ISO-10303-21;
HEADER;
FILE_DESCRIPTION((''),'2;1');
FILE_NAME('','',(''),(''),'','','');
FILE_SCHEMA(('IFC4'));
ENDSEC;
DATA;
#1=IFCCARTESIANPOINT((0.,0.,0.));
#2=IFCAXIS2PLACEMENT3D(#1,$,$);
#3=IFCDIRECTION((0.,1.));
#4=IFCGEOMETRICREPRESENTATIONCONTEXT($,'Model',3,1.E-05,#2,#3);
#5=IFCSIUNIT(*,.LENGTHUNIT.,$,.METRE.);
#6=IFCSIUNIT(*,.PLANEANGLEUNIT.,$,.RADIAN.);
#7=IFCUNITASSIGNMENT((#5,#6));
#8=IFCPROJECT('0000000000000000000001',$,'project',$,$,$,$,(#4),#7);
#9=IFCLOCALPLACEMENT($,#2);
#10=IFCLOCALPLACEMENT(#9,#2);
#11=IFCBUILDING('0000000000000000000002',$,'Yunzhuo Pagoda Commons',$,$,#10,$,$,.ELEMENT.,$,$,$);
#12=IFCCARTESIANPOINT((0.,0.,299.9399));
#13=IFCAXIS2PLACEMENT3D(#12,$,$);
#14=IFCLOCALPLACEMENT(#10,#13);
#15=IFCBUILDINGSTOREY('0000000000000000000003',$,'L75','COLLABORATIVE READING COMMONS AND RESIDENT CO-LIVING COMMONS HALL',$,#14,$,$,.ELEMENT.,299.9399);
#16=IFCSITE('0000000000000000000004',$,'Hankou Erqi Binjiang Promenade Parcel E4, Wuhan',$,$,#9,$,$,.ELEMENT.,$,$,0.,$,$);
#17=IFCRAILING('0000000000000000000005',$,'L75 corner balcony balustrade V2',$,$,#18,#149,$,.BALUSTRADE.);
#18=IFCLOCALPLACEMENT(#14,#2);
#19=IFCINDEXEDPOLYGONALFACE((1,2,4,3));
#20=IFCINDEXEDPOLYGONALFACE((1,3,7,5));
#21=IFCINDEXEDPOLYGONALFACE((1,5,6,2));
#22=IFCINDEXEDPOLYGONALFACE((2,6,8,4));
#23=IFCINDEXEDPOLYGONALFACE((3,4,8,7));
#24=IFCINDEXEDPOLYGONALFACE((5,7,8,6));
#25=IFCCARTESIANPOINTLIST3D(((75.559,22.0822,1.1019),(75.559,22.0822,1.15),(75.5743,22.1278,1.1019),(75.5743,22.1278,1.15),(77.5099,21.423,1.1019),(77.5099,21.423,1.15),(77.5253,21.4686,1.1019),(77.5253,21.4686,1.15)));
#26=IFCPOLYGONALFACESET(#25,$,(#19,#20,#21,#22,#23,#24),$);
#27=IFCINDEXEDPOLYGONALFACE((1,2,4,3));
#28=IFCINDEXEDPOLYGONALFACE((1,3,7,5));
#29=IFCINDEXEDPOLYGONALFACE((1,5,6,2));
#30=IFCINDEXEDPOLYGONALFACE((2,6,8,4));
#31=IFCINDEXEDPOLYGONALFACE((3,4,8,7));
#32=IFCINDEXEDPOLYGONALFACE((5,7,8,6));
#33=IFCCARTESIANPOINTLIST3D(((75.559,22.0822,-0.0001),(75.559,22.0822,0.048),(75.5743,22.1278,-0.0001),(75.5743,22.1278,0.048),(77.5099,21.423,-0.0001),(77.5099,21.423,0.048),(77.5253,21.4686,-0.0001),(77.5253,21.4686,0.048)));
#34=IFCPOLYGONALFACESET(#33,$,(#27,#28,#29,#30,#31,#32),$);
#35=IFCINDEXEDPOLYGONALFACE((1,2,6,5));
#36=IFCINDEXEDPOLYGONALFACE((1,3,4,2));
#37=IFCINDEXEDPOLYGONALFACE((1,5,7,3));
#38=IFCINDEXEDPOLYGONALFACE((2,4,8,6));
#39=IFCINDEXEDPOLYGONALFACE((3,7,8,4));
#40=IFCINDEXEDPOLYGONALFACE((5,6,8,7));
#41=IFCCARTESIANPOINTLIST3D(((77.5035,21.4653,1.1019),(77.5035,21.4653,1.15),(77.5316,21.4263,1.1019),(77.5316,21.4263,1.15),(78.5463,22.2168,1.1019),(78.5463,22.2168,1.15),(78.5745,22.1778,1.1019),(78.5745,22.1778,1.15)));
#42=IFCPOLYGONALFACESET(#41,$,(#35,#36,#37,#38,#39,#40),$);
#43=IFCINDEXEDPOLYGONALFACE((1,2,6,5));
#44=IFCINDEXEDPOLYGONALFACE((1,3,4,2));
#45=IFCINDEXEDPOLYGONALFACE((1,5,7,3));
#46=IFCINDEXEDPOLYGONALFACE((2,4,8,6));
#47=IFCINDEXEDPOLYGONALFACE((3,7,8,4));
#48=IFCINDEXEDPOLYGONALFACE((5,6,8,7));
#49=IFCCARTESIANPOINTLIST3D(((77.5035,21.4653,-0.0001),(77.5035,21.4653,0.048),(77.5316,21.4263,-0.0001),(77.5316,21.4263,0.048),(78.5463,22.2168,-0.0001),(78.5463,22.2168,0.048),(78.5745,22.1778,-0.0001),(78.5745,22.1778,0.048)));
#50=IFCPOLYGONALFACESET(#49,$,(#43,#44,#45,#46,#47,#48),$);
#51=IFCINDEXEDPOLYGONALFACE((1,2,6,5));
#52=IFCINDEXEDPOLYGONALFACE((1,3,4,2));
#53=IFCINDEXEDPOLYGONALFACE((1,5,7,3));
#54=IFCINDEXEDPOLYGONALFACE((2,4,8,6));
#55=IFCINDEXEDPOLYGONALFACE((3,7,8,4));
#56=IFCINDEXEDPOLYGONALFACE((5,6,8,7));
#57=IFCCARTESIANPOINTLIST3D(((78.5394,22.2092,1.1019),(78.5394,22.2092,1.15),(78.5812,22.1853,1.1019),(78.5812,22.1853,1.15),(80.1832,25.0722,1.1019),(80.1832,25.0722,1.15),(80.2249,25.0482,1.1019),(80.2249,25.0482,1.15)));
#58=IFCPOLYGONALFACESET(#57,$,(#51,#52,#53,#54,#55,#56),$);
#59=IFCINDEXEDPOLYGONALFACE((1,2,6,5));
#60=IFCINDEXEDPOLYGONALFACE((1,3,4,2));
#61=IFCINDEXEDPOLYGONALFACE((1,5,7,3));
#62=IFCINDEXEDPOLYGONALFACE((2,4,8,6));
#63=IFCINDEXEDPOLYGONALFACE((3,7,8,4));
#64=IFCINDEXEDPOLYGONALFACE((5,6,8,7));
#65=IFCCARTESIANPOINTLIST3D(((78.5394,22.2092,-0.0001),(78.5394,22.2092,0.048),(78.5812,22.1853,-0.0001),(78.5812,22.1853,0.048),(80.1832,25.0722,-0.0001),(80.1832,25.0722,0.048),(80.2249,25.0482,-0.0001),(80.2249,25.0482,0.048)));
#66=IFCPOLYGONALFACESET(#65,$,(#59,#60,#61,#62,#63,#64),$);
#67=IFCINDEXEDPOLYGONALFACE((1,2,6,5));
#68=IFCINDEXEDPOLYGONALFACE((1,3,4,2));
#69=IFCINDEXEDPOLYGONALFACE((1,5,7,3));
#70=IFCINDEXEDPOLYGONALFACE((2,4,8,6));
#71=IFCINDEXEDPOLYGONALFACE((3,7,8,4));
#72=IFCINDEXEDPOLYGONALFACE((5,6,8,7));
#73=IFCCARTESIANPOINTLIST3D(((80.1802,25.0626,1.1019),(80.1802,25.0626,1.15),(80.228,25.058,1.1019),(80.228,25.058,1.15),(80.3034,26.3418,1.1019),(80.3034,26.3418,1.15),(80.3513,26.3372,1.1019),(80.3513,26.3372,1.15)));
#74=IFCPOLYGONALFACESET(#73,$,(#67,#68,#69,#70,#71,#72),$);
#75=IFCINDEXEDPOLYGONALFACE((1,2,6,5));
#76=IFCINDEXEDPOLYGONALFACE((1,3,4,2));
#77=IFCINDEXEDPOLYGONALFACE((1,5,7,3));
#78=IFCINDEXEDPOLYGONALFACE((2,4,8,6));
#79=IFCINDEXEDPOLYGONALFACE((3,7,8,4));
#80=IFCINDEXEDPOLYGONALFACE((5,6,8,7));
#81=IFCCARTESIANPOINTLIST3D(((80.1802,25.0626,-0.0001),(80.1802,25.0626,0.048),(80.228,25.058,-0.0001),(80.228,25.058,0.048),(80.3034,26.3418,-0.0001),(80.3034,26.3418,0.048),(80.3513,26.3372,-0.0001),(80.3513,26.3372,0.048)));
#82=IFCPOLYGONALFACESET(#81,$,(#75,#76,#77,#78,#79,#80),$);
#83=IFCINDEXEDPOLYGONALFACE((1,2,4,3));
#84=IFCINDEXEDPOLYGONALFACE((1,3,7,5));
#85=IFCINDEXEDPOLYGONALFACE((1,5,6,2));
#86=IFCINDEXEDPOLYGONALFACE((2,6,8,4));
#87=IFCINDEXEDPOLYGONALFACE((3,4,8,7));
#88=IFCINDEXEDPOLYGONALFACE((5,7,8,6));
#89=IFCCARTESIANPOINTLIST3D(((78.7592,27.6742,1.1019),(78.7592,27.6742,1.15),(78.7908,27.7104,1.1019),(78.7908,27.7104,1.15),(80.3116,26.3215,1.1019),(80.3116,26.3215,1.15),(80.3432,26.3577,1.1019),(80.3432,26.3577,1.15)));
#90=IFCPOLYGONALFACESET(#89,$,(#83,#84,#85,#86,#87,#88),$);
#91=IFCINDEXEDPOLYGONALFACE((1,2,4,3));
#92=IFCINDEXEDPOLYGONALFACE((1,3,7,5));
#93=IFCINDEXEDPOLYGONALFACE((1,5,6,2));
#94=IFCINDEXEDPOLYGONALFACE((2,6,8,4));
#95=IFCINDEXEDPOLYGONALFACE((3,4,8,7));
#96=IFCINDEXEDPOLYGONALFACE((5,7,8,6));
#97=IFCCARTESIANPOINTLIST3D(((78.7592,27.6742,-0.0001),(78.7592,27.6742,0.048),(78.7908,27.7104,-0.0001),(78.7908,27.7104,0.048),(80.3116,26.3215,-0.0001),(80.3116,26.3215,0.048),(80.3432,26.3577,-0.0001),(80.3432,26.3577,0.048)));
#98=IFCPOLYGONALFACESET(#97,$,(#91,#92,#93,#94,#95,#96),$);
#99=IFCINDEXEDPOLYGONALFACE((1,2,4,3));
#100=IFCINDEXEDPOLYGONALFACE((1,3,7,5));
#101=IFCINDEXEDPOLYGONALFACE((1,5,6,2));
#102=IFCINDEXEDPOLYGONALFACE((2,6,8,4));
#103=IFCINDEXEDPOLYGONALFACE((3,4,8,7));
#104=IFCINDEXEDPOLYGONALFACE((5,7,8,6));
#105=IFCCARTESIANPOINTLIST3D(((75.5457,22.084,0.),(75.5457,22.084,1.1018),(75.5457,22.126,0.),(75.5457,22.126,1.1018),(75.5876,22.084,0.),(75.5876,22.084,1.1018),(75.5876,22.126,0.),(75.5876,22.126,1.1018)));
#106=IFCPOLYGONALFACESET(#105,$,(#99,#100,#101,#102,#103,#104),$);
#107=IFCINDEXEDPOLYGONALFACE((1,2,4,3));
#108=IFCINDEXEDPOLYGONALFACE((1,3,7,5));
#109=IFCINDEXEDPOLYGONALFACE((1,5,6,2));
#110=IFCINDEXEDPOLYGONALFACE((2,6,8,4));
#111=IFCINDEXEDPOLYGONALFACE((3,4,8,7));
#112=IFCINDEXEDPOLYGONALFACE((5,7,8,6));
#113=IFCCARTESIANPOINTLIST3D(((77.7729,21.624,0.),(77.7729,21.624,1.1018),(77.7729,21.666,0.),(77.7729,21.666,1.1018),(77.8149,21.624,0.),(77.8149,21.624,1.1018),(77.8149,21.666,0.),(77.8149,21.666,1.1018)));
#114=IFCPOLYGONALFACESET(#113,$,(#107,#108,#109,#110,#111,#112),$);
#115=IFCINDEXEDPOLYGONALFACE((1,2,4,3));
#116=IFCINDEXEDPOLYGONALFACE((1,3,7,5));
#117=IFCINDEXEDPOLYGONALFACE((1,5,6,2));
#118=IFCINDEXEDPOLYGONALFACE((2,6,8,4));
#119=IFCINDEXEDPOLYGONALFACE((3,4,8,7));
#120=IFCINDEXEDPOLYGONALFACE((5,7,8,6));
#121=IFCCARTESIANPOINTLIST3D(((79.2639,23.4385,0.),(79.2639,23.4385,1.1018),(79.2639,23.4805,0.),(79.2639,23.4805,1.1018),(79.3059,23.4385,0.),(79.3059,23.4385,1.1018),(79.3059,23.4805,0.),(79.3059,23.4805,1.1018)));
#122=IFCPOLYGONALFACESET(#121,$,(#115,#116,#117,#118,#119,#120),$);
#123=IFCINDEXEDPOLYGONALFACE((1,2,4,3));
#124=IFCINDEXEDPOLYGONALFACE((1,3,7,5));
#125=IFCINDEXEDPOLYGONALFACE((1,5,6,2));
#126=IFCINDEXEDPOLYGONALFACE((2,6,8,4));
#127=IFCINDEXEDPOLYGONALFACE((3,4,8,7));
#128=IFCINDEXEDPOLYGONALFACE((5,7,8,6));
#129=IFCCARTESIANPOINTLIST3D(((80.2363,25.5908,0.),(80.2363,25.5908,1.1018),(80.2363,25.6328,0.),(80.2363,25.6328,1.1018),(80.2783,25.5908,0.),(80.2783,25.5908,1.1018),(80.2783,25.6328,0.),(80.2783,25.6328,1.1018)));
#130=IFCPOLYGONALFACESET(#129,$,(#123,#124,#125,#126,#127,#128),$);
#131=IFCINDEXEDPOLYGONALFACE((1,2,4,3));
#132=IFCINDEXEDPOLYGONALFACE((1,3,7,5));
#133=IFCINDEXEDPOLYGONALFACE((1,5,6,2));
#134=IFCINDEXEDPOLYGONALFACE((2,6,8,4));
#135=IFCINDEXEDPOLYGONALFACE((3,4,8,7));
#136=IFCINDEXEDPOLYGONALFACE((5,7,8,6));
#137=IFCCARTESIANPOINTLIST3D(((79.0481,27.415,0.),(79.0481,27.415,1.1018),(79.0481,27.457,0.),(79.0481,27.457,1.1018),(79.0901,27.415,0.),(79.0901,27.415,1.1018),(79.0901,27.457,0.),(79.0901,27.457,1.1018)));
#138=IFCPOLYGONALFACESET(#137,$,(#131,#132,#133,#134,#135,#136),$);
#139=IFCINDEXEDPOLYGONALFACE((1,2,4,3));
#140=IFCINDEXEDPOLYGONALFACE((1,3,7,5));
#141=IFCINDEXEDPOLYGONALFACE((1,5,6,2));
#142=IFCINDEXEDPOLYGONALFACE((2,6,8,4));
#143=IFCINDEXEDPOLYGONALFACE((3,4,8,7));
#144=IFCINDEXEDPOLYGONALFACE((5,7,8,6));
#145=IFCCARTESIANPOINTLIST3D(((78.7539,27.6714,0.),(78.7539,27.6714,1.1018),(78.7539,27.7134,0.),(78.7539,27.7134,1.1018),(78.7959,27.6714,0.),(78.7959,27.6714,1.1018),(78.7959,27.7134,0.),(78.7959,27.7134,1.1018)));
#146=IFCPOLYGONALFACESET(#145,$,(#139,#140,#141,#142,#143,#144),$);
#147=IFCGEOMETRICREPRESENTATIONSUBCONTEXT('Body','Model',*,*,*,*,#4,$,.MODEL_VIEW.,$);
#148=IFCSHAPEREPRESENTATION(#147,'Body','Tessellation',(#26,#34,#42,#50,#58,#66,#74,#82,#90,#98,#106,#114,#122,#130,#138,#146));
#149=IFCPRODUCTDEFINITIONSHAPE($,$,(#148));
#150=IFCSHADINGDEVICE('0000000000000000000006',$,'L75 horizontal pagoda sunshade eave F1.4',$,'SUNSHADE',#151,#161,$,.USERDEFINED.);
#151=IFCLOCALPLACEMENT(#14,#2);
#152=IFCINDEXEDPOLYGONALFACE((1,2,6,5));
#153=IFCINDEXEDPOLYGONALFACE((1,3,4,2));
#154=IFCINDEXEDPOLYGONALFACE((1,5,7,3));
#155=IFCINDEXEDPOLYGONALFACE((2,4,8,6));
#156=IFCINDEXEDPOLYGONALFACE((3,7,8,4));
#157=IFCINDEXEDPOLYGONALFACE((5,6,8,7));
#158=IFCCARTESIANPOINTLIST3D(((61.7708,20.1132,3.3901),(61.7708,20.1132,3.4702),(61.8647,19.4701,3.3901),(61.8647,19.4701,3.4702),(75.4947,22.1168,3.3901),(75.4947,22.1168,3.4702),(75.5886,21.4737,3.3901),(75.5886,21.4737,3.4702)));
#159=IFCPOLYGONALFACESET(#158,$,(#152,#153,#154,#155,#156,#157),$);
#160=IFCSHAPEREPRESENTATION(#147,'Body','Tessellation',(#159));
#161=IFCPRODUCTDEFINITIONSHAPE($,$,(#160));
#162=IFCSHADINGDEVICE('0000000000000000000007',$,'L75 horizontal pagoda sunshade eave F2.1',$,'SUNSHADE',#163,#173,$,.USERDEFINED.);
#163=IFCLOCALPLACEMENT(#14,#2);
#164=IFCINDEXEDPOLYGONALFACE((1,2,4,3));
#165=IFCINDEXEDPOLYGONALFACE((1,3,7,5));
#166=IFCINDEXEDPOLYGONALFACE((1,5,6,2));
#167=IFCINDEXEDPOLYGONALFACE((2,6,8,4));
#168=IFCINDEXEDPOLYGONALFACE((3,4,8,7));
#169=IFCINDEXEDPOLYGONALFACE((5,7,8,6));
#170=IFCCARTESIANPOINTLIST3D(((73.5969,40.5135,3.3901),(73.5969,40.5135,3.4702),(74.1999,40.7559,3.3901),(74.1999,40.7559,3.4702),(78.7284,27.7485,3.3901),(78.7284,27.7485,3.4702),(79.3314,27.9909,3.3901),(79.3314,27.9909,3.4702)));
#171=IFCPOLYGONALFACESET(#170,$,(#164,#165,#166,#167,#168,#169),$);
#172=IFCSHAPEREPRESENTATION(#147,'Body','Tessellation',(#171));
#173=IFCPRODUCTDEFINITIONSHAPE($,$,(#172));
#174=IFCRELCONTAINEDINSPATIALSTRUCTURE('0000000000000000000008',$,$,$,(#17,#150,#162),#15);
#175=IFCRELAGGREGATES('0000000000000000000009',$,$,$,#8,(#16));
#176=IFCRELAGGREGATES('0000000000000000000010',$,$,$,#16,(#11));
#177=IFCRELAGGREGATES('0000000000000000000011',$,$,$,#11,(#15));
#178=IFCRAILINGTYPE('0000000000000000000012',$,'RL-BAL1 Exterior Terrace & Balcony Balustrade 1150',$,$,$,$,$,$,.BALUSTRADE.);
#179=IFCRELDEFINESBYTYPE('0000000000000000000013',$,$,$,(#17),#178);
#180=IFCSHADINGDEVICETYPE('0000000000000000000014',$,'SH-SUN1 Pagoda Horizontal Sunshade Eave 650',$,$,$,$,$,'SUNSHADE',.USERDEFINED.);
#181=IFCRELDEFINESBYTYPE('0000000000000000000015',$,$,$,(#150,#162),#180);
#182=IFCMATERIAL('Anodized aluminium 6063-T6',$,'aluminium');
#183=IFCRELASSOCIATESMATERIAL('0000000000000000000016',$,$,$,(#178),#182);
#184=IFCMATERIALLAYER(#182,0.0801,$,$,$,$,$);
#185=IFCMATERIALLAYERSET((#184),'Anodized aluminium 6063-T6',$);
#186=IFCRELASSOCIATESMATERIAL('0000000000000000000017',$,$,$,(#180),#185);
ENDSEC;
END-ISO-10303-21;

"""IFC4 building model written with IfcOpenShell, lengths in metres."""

from ifc_helpers import new_model, si_unit, direction, frame, origin, origin_2d, place, context, subcontext, project, spatial, rectangle, extrude, source, transform, mapped, material, layer, layer_set, type_object, element, save


model = new_model("IFC4")

# Units and contexts
model_context = context("Model", 3, precision=1e-05, world=origin(), true_north=direction((0.0, 1.0)))
body_context = subcontext(model_context, "Body", "Model", "MODEL_VIEW")
ifc_project = project(units=[si_unit("LENGTHUNIT", "METRE"), si_unit("PLANEANGLEUNIT", "RADIAN")], contexts=[model_context])

# Site, building, storey
site_placement = place(None, origin())
site = spatial("IfcSite", under=ifc_project, at=site_placement, Name="Hankou Erqi Binjiang Promenade Parcel E4, Wuhan", CompositionType="ELEMENT", RefElevation=0.0)
building_placement = place(site_placement, origin())
building = spatial("IfcBuilding", under=site, at=building_placement, Name="Yunzhuo Pagoda Commons", CompositionType="ELEMENT")
storey_placement = place(building_placement, frame((0.0, 0.0, 299.9399)))
storey = spatial("IfcBuildingStorey", under=building, at=storey_placement, Name="L75", Description="COLLABORATIVE READING COMMONS AND RESIDENT CO-LIVING COMMONS HALL", CompositionType="ELEMENT", Elevation=299.9399)

# Shared definitions
ifc_material_1 = material(Name="Anodized aluminium 6063-T6", Category="aluminium")

# Railing
railing_type = type_object("IfcRailingType", Name="RL-BAL1 Exterior Terrace & Balcony Balustrade 1150", PredefinedType="BALUSTRADE", material=ifc_material_1)
railing_placement = place(storey_placement, frame((75.5667, 22.105, 0.0)))
element("IfcRailing", 1, at=railing_placement, inside=storey, type_object=railing_type, Name="L75 corner balcony balustrade V2", PredefinedType="BALUSTRADE", context=body_context, shape_type="SweptSolid", body=[
    extrude(rectangle(XDim=0.0481, YDim=0.0481, at=origin_2d()), frame((0.0, 0.0, 1.126), z_axis=(0.947383, -0.320102, 0.0), x_axis=(0.320102, 0.947383, 0.0)), (0.0, 0.0, 1.0), 2.0593),
    extrude(rectangle(XDim=0.0481, YDim=0.0481, at=origin_2d()), frame((0.0, 0.0, 0.0239), z_axis=(0.947383, -0.320102, 0.0), x_axis=(0.320102, 0.947383, 0.0)), (0.0, 0.0, 1.0), 2.0593),
    extrude(rectangle(XDim=0.0481, YDim=0.0481, at=origin_2d()), frame((1.9509, -0.6592, 1.126), z_axis=(0.811275, 0.584665, 0.0), x_axis=(-0.584665, 0.811275, 0.0)), (0.0, 0.0, 1.0), 1.2854),
    extrude(rectangle(XDim=0.0481, YDim=0.0481, at=origin_2d()), frame((1.9509, -0.6592, 0.0239), z_axis=(0.811275, 0.584665, 0.0), x_axis=(-0.584665, 0.811275, 0.0)), (0.0, 0.0, 1.0), 1.2854),
    extrude(rectangle(XDim=0.0481, YDim=0.0481, at=origin_2d()), frame((2.9937, 0.0923, 1.126), z_axis=(0.497914, 0.867226, 0.0), x_axis=(-0.867226, 0.497914, 0.0)), (0.0, 0.0, 1.0), 3.3013),
    extrude(rectangle(XDim=0.0481, YDim=0.0481, at=origin_2d()), frame((2.9937, 0.0923, 0.0239), z_axis=(0.497914, 0.867226, 0.0), x_axis=(-0.867226, 0.497914, 0.0)), (0.0, 0.0, 1.0), 3.3013),
    extrude(rectangle(XDim=0.0481, YDim=0.0481, at=origin_2d()), frame((4.6375, 2.9553, 1.126), z_axis=(0.09593, 0.995388, 0.0), x_axis=(-0.995388, 0.09593, 0.0)), (0.0, 0.0, 1.0), 1.2852),
    extrude(rectangle(XDim=0.0481, YDim=0.0481, at=origin_2d()), frame((4.6375, 2.9553, 0.0239), z_axis=(0.09593, 0.995388, 0.0), x_axis=(-0.995388, 0.09593, 0.0)), (0.0, 0.0, 1.0), 1.2852),
    extrude(rectangle(XDim=0.0481, YDim=0.0481, at=origin_2d()), frame((4.7607, 4.2346, 1.126), z_axis=(-0.753934, 0.65695, 0.0), x_axis=(-0.65695, -0.753934, 0.0)), (0.0, 0.0, 1.0), 2.0591),
    extrude(rectangle(XDim=0.0481, YDim=0.0481, at=origin_2d()), frame((4.7607, 4.2346, 0.0239), z_axis=(-0.753934, 0.65695, 0.0), x_axis=(-0.65695, -0.753934, 0.0)), (0.0, 0.0, 1.0), 2.0591),
    extrude(rectangle(XDim=0.042, YDim=0.042, at=origin_2d()), origin(), (0.0, 0.0, 1.0), 1.1018),
    extrude(rectangle(XDim=0.042, YDim=0.042, at=origin_2d()), frame((2.2273, -0.46, 0.0)), (0.0, 0.0, 1.0), 1.1018),
    extrude(rectangle(XDim=0.042, YDim=0.042, at=origin_2d()), frame((3.7183, 1.3545, 0.0)), (0.0, 0.0, 1.0), 1.1018),
    extrude(rectangle(XDim=0.042, YDim=0.042, at=origin_2d()), frame((4.6907, 3.5068, 0.0)), (0.0, 0.0, 1.0), 1.1018),
    extrude(rectangle(XDim=0.042, YDim=0.042, at=origin_2d()), frame((3.5024, 5.3311, 0.0)), (0.0, 0.0, 1.0), 1.1018),
    extrude(rectangle(XDim=0.042, YDim=0.042, at=origin_2d()), frame((3.2083, 5.5874, 0.0)), (0.0, 0.0, 1.0), 1.1018),
])

# Shading devices
ifc_layer_1 = layer(ifc_material_1, 0.0801)
ifc_layer_set_1 = layer_set([ifc_layer_1], Name="Anodized aluminium 6063-T6")
shading_device_type = type_object("IfcShadingDeviceType", Name="SH-SUN1 Pagoda Horizontal Sunshade Eave 650", ElementType="SUNSHADE", PredefinedType="USERDEFINED", material=ifc_layer_set_1)
shared_shape_1 = source(origin(), body_context, "Body", "SweptSolid", [
    extrude(rectangle(XDim=13.8694, YDim=0.6499, at=origin_2d()), origin(), (0.0, 0.0, 1.0), 0.0801),
])
shading_device_1_placement = place(storey_placement, frame((68.6797, 20.7935, 3.3901), z_axis=(0.0, 0.0, 1.0), x_axis=(0.989511, 0.14446, 0.0)))
element("IfcShadingDevice", 2, at=shading_device_1_placement, inside=storey, type_object=shading_device_type, Name="L75 horizontal pagoda sunshade eave F1.4", ObjectType="SUNSHADE", PredefinedType="USERDEFINED", context=body_context, shape_type="MappedRepresentation", body=[
    mapped(shared_shape_1, transform((0.0, 0.0, 0.0), scale=1.0)),
])
shared_shape_2 = source(origin(), body_context, "Body", "SweptSolid", [
    extrude(rectangle(XDim=13.7578, YDim=0.6499, at=origin_2d()), origin(), (0.0, 0.0, 1.0), 0.0801),
])
shading_device_2_placement = place(storey_placement, frame((76.4641, 34.2522, 3.3901), z_axis=(0.0, 0.0, 1.0), x_axis=(-0.372988, 0.927836, 0.0)))
element("IfcShadingDevice", 3, at=shading_device_2_placement, inside=storey, type_object=shading_device_type, Name="L75 horizontal pagoda sunshade eave F2.1", ObjectType="SUNSHADE", PredefinedType="USERDEFINED", context=body_context, shape_type="MappedRepresentation", body=[
    mapped(shared_shape_2, transform((0.0, 0.0, 0.0), scale=1.0)),
])

save(model, "model.ifc")
